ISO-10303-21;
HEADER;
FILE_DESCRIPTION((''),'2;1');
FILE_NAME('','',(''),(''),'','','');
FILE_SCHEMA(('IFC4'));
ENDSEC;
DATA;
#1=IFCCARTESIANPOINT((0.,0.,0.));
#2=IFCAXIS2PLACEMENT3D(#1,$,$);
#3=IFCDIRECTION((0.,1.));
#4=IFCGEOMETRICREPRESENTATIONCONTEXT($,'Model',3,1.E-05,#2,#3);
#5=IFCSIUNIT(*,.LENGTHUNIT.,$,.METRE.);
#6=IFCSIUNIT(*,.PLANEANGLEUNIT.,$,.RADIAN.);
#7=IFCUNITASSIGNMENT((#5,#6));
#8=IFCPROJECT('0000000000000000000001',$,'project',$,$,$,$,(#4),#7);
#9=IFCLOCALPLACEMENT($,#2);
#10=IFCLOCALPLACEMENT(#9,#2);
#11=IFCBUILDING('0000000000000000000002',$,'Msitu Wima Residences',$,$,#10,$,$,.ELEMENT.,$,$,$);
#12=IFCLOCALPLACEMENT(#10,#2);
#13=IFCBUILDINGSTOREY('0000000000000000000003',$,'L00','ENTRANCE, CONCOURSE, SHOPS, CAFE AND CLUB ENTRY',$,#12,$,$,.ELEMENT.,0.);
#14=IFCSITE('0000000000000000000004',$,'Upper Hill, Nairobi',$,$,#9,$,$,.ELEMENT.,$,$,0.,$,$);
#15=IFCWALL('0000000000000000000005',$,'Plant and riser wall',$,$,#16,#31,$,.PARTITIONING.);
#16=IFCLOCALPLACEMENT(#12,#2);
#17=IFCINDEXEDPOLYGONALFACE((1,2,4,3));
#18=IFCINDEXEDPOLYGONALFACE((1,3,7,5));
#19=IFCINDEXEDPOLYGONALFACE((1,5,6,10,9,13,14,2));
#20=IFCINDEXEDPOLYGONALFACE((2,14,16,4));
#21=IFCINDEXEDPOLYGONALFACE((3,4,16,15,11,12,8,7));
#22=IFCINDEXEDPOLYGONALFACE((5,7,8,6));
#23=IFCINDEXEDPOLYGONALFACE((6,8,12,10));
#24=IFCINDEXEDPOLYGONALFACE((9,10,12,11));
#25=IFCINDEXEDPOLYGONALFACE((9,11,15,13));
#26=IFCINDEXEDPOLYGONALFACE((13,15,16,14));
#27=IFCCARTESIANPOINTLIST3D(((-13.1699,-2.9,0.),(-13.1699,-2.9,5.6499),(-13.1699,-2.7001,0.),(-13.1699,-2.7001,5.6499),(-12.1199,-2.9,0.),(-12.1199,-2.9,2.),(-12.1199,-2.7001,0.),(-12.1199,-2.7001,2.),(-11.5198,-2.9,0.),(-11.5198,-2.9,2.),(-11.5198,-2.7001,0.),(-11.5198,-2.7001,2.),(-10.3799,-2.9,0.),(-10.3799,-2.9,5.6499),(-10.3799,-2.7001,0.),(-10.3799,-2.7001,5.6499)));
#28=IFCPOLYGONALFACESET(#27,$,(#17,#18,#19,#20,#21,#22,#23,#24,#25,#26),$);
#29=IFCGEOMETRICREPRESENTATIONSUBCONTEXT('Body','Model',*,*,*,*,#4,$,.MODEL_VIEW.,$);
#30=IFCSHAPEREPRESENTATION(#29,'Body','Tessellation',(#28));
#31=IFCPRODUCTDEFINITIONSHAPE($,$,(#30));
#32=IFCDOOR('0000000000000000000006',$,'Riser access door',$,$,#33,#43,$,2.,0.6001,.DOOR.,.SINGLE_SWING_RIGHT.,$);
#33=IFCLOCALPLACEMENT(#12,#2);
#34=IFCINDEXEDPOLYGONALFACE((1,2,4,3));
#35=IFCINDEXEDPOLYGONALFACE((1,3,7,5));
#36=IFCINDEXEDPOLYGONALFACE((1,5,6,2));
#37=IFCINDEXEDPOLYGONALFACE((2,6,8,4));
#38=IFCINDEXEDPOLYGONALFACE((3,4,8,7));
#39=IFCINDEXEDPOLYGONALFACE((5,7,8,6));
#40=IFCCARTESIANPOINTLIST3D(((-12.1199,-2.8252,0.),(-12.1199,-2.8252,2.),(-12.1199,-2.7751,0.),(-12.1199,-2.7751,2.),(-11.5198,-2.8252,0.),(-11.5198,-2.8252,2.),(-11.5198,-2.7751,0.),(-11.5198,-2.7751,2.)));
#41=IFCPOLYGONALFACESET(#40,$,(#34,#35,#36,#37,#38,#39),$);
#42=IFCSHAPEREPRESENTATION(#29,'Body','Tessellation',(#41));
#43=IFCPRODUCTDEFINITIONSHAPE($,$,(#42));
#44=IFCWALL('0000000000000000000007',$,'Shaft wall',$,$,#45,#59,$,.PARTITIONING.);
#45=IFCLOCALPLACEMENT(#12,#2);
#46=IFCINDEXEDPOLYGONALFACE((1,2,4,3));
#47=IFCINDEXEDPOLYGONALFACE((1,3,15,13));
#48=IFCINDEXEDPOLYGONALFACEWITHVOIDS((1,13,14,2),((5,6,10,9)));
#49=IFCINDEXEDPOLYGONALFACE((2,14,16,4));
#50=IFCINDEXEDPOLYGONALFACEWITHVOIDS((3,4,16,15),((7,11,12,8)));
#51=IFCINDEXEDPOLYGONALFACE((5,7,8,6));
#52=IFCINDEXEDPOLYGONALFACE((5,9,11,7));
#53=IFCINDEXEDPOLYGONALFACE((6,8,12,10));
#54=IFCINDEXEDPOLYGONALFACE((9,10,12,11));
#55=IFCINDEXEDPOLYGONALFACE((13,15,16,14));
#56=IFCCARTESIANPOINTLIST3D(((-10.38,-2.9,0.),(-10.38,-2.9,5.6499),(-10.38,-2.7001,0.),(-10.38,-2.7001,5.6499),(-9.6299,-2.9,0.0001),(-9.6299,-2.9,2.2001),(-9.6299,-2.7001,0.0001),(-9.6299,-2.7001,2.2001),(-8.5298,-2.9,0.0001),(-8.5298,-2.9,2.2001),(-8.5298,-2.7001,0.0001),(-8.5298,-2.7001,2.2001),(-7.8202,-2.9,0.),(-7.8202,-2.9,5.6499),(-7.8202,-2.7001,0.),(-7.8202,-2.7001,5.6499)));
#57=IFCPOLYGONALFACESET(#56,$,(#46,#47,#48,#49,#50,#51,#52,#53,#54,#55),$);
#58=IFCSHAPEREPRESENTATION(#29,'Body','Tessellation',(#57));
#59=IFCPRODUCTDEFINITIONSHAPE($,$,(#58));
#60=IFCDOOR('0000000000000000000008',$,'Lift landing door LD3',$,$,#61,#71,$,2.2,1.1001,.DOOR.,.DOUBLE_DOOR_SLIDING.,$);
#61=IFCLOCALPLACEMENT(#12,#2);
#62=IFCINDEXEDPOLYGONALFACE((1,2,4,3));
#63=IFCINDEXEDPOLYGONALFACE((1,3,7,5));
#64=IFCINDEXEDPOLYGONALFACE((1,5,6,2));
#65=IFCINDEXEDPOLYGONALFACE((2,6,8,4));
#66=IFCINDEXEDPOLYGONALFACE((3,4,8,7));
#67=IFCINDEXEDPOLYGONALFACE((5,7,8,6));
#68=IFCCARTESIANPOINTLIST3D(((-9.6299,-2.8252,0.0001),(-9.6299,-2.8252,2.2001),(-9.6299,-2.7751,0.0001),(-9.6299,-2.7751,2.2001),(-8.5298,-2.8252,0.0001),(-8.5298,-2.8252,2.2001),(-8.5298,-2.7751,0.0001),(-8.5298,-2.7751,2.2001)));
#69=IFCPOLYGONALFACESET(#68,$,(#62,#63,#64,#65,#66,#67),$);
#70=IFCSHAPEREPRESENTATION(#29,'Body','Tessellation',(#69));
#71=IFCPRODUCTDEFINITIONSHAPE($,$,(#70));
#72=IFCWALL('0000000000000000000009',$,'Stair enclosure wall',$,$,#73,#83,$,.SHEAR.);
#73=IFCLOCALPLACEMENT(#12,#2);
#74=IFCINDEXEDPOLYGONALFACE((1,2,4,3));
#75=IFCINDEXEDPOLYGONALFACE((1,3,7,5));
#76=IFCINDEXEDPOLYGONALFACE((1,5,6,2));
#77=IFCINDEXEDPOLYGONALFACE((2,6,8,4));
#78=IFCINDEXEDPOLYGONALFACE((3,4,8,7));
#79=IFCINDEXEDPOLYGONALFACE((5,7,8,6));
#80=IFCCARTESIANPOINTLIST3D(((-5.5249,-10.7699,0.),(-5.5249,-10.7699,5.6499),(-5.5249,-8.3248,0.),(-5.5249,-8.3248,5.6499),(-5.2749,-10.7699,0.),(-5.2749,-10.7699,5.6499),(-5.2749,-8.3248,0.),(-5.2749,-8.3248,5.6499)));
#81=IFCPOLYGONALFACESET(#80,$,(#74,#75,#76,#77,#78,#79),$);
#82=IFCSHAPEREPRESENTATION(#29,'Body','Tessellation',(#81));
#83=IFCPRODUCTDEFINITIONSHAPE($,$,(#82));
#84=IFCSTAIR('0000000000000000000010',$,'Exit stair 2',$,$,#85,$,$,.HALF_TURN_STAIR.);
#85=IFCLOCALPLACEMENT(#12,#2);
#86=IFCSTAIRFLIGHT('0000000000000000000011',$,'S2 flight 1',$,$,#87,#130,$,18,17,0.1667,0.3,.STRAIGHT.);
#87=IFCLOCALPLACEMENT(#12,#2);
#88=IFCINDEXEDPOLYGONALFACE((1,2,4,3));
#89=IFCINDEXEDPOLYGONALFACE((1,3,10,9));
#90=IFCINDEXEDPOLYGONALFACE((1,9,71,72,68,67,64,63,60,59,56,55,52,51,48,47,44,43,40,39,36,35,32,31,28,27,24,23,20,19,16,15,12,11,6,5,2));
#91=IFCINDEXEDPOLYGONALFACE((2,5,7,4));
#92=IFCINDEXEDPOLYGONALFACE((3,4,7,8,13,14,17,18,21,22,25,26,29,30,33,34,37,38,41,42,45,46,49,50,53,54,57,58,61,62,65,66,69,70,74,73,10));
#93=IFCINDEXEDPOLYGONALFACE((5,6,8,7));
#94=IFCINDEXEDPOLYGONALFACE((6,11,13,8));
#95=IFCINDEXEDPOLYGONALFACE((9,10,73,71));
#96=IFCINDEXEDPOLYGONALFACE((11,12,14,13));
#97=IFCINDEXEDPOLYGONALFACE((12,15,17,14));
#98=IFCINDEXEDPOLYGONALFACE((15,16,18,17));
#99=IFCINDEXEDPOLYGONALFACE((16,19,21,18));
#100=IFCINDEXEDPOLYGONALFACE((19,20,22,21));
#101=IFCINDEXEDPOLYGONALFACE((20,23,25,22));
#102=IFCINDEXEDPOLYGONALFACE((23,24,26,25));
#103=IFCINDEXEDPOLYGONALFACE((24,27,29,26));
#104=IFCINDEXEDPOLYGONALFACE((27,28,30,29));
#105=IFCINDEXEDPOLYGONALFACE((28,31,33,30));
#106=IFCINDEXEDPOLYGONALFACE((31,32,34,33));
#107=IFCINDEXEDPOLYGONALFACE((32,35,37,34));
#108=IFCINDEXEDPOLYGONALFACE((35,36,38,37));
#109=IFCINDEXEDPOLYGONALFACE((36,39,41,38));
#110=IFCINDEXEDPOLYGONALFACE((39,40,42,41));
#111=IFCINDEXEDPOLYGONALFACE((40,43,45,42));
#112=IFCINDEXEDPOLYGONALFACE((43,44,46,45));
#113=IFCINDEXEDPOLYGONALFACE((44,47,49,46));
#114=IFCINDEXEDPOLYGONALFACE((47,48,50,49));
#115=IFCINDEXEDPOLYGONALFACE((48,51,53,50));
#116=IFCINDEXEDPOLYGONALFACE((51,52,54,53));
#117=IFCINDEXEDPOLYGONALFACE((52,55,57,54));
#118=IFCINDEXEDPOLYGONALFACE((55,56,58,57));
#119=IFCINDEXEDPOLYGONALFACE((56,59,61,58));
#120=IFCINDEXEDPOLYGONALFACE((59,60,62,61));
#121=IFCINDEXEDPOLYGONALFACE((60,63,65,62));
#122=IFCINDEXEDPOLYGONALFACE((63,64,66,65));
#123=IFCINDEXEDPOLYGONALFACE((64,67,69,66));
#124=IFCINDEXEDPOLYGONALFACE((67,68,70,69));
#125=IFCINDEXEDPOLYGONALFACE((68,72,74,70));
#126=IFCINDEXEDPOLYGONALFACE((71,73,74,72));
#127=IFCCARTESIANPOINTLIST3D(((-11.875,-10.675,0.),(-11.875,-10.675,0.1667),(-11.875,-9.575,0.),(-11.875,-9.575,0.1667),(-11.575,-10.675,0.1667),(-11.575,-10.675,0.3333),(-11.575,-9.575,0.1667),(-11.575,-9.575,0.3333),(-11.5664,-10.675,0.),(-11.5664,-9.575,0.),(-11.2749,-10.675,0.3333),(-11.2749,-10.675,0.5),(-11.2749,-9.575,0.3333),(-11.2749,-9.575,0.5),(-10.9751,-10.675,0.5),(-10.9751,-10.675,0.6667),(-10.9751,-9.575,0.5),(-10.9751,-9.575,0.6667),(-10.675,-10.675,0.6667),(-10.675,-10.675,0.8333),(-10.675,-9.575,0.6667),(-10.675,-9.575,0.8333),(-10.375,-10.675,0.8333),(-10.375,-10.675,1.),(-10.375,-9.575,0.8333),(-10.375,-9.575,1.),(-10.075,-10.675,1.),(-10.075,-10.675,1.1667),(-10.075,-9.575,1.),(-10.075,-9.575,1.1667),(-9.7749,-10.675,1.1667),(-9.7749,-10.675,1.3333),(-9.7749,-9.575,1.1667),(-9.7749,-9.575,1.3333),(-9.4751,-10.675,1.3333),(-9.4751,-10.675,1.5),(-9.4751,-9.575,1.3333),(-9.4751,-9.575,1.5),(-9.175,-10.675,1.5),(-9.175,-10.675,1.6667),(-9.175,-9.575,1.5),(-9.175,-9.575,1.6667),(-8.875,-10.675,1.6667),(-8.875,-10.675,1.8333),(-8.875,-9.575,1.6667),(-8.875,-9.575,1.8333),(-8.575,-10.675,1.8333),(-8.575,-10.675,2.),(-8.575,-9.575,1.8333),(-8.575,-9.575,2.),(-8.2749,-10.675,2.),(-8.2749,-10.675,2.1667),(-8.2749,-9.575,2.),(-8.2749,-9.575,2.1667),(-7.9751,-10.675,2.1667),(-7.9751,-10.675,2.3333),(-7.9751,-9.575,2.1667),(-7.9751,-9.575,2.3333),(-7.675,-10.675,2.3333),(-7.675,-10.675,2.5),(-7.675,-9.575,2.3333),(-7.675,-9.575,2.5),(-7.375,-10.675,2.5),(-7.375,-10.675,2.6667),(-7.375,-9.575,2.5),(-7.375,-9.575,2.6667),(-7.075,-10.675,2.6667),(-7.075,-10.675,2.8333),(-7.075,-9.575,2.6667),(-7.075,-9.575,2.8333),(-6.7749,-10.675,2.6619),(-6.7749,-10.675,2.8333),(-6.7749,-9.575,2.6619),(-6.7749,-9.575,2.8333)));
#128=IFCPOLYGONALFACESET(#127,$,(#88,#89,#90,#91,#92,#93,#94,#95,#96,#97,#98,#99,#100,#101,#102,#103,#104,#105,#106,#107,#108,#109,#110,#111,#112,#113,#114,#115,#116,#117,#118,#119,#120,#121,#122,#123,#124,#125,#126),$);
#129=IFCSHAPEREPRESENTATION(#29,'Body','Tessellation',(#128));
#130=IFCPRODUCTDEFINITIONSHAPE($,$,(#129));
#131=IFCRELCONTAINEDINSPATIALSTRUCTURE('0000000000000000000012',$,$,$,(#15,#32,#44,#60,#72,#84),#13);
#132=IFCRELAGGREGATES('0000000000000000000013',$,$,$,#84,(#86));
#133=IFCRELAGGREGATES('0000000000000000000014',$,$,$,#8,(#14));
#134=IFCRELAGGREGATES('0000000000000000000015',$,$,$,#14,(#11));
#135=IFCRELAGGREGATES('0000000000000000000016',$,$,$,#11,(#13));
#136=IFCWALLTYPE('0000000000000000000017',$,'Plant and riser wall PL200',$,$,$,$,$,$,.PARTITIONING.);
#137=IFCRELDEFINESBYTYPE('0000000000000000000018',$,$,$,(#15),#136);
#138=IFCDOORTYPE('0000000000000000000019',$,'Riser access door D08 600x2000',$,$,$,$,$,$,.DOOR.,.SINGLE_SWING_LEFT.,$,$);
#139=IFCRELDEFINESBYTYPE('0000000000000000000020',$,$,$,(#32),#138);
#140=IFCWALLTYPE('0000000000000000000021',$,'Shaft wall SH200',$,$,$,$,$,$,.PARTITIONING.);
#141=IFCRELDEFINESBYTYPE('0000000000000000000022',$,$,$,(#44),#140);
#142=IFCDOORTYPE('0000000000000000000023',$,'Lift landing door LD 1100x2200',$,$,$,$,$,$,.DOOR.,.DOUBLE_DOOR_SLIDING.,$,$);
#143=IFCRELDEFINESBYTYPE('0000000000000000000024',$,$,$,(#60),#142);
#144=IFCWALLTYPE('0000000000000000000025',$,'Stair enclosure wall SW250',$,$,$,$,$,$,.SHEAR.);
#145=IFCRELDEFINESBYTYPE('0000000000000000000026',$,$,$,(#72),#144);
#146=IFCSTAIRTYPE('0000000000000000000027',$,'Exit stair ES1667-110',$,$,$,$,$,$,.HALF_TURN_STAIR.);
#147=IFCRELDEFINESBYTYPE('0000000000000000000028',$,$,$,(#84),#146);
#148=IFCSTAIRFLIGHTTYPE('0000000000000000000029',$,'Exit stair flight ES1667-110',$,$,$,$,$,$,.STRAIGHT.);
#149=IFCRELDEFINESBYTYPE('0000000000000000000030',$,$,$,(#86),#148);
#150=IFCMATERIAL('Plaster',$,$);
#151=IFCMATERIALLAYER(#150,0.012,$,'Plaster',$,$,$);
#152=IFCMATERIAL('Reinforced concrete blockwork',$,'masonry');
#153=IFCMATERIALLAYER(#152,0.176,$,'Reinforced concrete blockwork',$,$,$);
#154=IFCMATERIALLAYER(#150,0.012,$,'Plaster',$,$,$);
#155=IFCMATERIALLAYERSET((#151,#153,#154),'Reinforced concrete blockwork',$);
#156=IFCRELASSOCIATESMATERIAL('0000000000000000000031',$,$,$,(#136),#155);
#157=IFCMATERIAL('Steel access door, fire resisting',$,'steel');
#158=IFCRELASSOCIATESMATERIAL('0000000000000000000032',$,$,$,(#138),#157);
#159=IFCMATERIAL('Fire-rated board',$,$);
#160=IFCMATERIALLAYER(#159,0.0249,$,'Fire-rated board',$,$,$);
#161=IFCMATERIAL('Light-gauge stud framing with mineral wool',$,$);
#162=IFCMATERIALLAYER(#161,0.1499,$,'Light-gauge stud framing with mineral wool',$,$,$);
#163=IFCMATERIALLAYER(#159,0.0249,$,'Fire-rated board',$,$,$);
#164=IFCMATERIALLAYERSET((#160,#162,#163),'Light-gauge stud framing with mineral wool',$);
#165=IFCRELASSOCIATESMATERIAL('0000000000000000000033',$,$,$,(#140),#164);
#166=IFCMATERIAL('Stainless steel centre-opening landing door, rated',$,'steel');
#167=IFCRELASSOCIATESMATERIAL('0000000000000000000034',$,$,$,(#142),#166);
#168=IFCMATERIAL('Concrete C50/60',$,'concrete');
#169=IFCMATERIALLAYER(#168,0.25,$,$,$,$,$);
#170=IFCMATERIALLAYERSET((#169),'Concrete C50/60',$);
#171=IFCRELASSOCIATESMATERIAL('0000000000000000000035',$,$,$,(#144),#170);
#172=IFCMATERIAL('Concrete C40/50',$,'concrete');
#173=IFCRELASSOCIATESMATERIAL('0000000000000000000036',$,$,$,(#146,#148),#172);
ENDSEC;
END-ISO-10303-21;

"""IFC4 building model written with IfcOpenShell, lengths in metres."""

from ifc_helpers import new_model, si_unit, direction, frame, frame_2d, origin, place, context, subcontext, project, spatial, polyline, rectangle, outline, extrude, material, layer, layer_set, type_object, element, fill, aggregate, save


model = new_model("IFC4")

# Units and contexts
model_context = context("Model", 3, precision=1e-05, world=origin(), true_north=direction((0.0, 1.0)))
body_context = subcontext(model_context, "Body", "Model", "MODEL_VIEW")
ifc_project = project(units=[si_unit("LENGTHUNIT", "METRE"), si_unit("PLANEANGLEUNIT", "RADIAN")], contexts=[model_context])

# Site, building, storey
site_placement = place(None, origin())
site = spatial("IfcSite", under=ifc_project, at=site_placement, Name="Upper Hill, Nairobi", CompositionType="ELEMENT", RefElevation=0.0)
building_placement = place(site_placement, origin())
building = spatial("IfcBuilding", under=site, at=building_placement, Name="Msitu Wima Residences", CompositionType="ELEMENT")
storey_placement = place(building_placement, origin())
storey = spatial("IfcBuildingStorey", under=building, at=storey_placement, Name="L00", Description="ENTRANCE, CONCOURSE, SHOPS, CAFE AND CLUB ENTRY", CompositionType="ELEMENT", Elevation=0.0)

# Shared definitions
ifc_material_1 = material(Name="Concrete C40/50", Category="concrete")

# Shared definitions
ifc_material_2 = material(Name="Plaster")

# Walls, openings, doors
ifc_layer_1 = layer(ifc_material_2, 0.012, Name="Plaster")
ifc_material_3 = material(Name="Reinforced concrete blockwork", Category="masonry")
ifc_layer_2 = layer(ifc_material_3, 0.176, Name="Reinforced concrete blockwork")
ifc_layer_3 = layer(ifc_material_2, 0.012, Name="Plaster")
ifc_layer_set_1 = layer_set([ifc_layer_1, ifc_layer_2, ifc_layer_3], Name="Reinforced concrete blockwork")
wall_type_1 = type_object("IfcWallType", Name="Plant and riser wall PL200", PredefinedType="PARTITIONING", material=ifc_layer_set_1)
wall_1_placement = place(storey_placement, frame((-13.1699, -2.8, 0.0), z_axis=(0.0, 0.0, 1.0), x_axis=(1.0, 0.0, 0.0)))
wall_1 = element("IfcWall", 1, at=wall_1_placement, inside=storey, type_object=wall_type_1, Name="Plant and riser wall", PredefinedType="PARTITIONING", context=body_context, shape_type="SweptSolid", body=[
    extrude(rectangle(XDim=2.79, YDim=0.2, at=frame_2d((1.395, 0.0))), origin(), (0.0, 0.0, 1.0), 5.6499),
])
opening_1_placement = place(wall_1_placement, frame((1.05, 0.0, 0.0)))
opening_1 = element("IfcOpeningElement", 2, at=opening_1_placement, cuts=wall_1, PredefinedType="OPENING", context=body_context, shape_type="SweptSolid", body=[
    extrude(rectangle(XDim=0.6001, YDim=2.0, at=frame_2d((0.3, 1.0))), frame((0.0, 0.1099, 0.0), z_axis=(0.0, -1.0, 0.0), x_axis=(1.0, 0.0, 0.0)), (0.0, 0.0, 1.0), 0.22),
])
ifc_material_4 = material(Name="Steel access door, fire resisting", Category="steel")
door_type_1 = type_object("IfcDoorType", Name="Riser access door D08 600x2000", OperationType="SINGLE_SWING_LEFT", PredefinedType="DOOR", material=ifc_material_4)
door_1_placement = place(opening_1_placement, origin())
door_1 = element("IfcDoor", 3, at=door_1_placement, inside=storey, type_object=door_type_1, Name="Riser access door", OperationType="SINGLE_SWING_RIGHT", OverallHeight=2.0, OverallWidth=0.6001, PredefinedType="DOOR", context=body_context, shape_type="SweptSolid", body=[
    extrude(rectangle(XDim=0.6001, YDim=2.0, at=frame_2d((0.3, 1.0))), frame((0.0, 0.0249, 0.0), z_axis=(0.0, -1.0, 0.0), x_axis=(1.0, 0.0, 0.0)), (0.0, 0.0, 1.0), 0.05),
])
fill(opening_1, door_1)
ifc_material_5 = material(Name="Fire-rated board")
ifc_layer_4 = layer(ifc_material_5, 0.0249, Name="Fire-rated board")
ifc_material_6 = material(Name="Light-gauge stud framing with mineral wool")
ifc_layer_5 = layer(ifc_material_6, 0.1499, Name="Light-gauge stud framing with mineral wool")
ifc_layer_6 = layer(ifc_material_5, 0.0249, Name="Fire-rated board")
ifc_layer_set_2 = layer_set([ifc_layer_4, ifc_layer_5, ifc_layer_6], Name="Light-gauge stud framing with mineral wool")
wall_type_2 = type_object("IfcWallType", Name="Shaft wall SH200", PredefinedType="PARTITIONING", material=ifc_layer_set_2)
wall_2_placement = place(storey_placement, frame((-10.3799, -2.8, 0.0), z_axis=(0.0, 0.0, 1.0), x_axis=(1.0, 0.0, 0.0)))
wall_2 = element("IfcWall", 4, at=wall_2_placement, inside=storey, type_object=wall_type_2, Name="Shaft wall", PredefinedType="PARTITIONING", context=body_context, shape_type="SweptSolid", body=[
    extrude(rectangle(XDim=2.5598, YDim=0.2, at=frame_2d((1.2798, 0.0))), origin(), (0.0, 0.0, 1.0), 5.6499),
])
opening_2_placement = place(wall_2_placement, frame((0.75, 0.0, 0.0)))
opening_2 = element("IfcOpeningElement", 5, at=opening_2_placement, cuts=wall_2, PredefinedType="OPENING", context=body_context, shape_type="SweptSolid", body=[
    extrude(rectangle(XDim=1.1001, YDim=2.2, at=frame_2d((0.55, 1.1001))), frame((0.0, 0.1099, 0.0), z_axis=(0.0, -1.0, 0.0), x_axis=(1.0, 0.0, 0.0)), (0.0, 0.0, 1.0), 0.22),
])
ifc_material_7 = material(Name="Stainless steel centre-opening landing door, rated", Category="steel")
door_type_2 = type_object("IfcDoorType", Name="Lift landing door LD 1100x2200", OperationType="DOUBLE_DOOR_SLIDING", PredefinedType="DOOR", material=ifc_material_7)
door_2_placement = place(opening_2_placement, origin())
door_2 = element("IfcDoor", 6, at=door_2_placement, inside=storey, type_object=door_type_2, Name="Lift landing door LD3", OperationType="DOUBLE_DOOR_SLIDING", OverallHeight=2.2, OverallWidth=1.1001, PredefinedType="DOOR", context=body_context, shape_type="SweptSolid", body=[
    extrude(rectangle(XDim=1.1001, YDim=2.2, at=frame_2d((0.55, 1.1001))), frame((0.0, 0.0249, 0.0), z_axis=(0.0, -1.0, 0.0), x_axis=(1.0, 0.0, 0.0)), (0.0, 0.0, 1.0), 0.05),
])
fill(opening_2, door_2)

# Wall
ifc_material_8 = material(Name="Concrete C50/60", Category="concrete")
ifc_layer_7 = layer(ifc_material_8, 0.25)
ifc_layer_set_3 = layer_set([ifc_layer_7], Name="Concrete C50/60")
wall_type_3 = type_object("IfcWallType", Name="Stair enclosure wall SW250", PredefinedType="SHEAR", material=ifc_layer_set_3)
wall_3_placement = place(storey_placement, frame((-5.3999, -10.77, 0.0), z_axis=(0.0, 0.0, 1.0), x_axis=(0.0, 1.0, 0.0)))
element("IfcWall", 7, at=wall_3_placement, inside=storey, type_object=wall_type_3, Name="Stair enclosure wall", PredefinedType="SHEAR", context=body_context, shape_type="SweptSolid", body=[
    extrude(rectangle(XDim=2.4451, YDim=0.25, at=frame_2d((1.2227, 0.0))), origin(), (0.0, 0.0, 1.0), 5.6499),
])

# Stair, stair flight
stair_type = type_object("IfcStairType", Name="Exit stair ES1667-110", PredefinedType="HALF_TURN_STAIR", material=ifc_material_1)
stair_placement = place(storey_placement, origin())
stair = element("IfcStair", 8, at=stair_placement, inside=storey, type_object=stair_type, Name="Exit stair 2", PredefinedType="HALF_TURN_STAIR")
stair_flight_type = type_object("IfcStairFlightType", Name="Exit stair flight ES1667-110", PredefinedType="STRAIGHT", material=ifc_material_1)
stair_flight_1_placement = place(storey_placement, frame((-11.875, -10.125, 0.0), z_axis=(0.0, 0.0, 1.0), x_axis=(1.0, 0.0, 0.0)))
stair_flight_1 = element("IfcStairFlight", 9, at=stair_flight_1_placement, type_object=stair_flight_type, Name="S2 flight 1", NumberOfRisers=18, NumberOfTreads=17, PredefinedType="STRAIGHT", RiserHeight=0.1667, TreadLength=0.3, context=body_context, shape_type="SweptSolid", body=[
    extrude(outline(polyline([(0.0, 0.0), (0.0, 0.1667), (0.3, 0.1667), (0.3, 0.3333), (0.6001, 0.3333), (0.6001, 0.5), (0.8999, 0.5), (0.8999, 0.6667), (1.2, 0.6667), (1.2, 0.8333), (1.5, 0.8333), (1.5, 1.0), (1.8, 1.0), (1.8, 1.1667), (2.1001, 1.1667), (2.1001, 1.3333), (2.3999, 1.3333), (2.3999, 1.5), (2.7, 1.5), (2.7, 1.6667), (3.0, 1.6667), (3.0, 1.8333), (3.3, 1.8333), (3.3, 2.0), (3.6001, 2.0), (3.6001, 2.1667), (3.8999, 2.1667), (3.8999, 2.3333), (4.2, 2.3333), (4.2, 2.5), (4.5, 2.5), (4.5, 2.6667), (4.8, 2.6667), (4.8, 2.8333), (5.1001, 2.8333), (5.1001, 3.0), (5.1001, 2.6619), (0.3086, 0.0), (0.0, 0.0)])), frame((0.0, 0.55, 0.0), z_axis=(0.0, -1.0, 0.0), x_axis=(1.0, 0.0, 0.0)), (0.0, 0.0, 1.0), 1.1001),
])
aggregate(stair, [stair_flight_1])

save(model, "model.ifc")
